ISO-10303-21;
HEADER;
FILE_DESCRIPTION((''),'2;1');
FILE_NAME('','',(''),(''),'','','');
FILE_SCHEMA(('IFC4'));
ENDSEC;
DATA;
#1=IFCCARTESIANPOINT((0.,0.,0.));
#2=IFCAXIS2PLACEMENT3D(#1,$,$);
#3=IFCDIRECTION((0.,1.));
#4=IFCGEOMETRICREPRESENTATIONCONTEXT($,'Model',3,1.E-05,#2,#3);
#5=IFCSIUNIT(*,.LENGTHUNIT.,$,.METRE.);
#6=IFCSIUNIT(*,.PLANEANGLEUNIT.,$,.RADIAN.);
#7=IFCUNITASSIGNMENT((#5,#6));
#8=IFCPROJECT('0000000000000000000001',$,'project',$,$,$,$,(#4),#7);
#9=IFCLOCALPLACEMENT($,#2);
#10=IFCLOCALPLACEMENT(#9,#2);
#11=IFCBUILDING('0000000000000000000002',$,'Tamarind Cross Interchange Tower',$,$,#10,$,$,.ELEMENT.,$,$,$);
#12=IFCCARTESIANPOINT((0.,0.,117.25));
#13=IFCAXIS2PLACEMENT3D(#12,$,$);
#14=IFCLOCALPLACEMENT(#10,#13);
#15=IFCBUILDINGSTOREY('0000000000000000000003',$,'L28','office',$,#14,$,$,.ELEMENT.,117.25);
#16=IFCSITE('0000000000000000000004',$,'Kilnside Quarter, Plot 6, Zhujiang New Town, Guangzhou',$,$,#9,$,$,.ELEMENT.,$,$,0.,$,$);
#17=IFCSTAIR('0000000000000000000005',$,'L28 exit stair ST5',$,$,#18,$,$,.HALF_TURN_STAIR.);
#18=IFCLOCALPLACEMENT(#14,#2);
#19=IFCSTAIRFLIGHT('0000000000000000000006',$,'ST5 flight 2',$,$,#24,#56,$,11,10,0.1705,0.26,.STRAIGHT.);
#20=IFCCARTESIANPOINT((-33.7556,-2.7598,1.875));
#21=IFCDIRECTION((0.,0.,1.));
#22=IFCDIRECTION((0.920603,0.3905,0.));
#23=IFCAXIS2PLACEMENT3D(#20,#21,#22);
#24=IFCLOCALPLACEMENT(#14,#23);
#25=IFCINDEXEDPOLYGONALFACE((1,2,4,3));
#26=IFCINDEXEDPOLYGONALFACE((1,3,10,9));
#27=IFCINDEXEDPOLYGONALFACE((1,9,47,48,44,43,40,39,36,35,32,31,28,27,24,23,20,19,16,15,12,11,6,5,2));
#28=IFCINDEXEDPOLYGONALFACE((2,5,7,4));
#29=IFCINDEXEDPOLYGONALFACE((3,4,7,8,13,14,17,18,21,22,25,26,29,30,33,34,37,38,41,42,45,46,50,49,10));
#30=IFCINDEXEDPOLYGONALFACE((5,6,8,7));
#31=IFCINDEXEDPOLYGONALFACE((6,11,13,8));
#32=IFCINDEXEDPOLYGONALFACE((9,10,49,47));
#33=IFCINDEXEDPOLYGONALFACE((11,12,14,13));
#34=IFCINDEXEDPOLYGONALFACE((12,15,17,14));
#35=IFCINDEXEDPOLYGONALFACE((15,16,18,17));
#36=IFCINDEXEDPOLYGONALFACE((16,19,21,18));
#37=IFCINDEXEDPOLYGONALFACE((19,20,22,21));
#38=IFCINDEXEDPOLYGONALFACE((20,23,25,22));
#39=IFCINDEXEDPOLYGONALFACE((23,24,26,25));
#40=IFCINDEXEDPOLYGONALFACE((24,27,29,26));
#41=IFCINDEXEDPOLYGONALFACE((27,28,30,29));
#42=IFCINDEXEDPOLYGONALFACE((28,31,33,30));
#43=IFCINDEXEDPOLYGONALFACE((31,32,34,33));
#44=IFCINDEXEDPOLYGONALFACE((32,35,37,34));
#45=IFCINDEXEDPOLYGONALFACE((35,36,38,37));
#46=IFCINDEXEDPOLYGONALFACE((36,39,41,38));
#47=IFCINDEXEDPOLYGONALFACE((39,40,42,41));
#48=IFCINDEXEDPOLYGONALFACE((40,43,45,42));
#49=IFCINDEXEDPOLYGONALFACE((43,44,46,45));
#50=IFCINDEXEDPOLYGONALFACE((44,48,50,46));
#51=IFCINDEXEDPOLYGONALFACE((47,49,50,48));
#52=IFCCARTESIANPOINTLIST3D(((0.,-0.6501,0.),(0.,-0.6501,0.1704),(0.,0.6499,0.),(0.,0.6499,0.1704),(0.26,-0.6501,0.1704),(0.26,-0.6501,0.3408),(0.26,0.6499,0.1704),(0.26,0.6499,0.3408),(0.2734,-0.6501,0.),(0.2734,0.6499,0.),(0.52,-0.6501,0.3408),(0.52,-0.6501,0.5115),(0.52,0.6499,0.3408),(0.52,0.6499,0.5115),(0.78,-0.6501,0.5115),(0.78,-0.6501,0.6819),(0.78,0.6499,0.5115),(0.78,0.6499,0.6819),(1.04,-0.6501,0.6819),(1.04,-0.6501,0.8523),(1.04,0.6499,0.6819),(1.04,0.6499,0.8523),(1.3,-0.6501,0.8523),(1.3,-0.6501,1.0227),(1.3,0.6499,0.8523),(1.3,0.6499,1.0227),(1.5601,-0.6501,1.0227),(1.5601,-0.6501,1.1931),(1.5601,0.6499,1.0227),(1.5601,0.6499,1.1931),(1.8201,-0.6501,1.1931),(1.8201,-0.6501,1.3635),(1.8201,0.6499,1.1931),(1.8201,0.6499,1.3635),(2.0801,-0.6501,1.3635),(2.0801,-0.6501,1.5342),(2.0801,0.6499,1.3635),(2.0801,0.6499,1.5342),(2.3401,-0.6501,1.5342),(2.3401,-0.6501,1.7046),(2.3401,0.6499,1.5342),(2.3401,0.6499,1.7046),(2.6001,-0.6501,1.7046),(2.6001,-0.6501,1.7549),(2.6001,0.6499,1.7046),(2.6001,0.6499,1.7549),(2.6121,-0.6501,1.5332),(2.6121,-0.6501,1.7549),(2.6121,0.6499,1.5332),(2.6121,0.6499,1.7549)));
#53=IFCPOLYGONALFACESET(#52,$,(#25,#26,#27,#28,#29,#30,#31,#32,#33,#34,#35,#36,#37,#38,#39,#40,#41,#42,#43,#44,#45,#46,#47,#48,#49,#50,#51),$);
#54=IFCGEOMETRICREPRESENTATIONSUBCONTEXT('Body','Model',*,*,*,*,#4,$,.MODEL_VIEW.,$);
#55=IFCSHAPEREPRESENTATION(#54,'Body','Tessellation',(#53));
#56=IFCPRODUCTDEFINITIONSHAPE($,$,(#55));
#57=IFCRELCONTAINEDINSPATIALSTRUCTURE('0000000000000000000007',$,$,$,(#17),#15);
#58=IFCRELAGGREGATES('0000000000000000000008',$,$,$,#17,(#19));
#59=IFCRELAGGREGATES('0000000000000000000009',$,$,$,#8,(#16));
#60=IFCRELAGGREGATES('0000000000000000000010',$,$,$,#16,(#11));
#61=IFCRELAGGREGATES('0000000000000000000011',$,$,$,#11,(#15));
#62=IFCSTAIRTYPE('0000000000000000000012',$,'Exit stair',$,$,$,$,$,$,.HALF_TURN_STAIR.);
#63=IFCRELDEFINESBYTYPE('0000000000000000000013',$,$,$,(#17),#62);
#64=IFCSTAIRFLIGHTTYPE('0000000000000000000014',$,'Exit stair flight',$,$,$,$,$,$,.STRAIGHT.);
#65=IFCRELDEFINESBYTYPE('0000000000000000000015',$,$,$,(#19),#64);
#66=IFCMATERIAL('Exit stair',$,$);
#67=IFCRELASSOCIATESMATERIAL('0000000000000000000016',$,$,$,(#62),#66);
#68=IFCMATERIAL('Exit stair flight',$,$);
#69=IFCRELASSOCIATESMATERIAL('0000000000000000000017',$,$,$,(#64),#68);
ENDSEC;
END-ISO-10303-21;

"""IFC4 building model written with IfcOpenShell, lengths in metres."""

from ifc_helpers import new_model, si_unit, direction, frame, origin, place, context, subcontext, project, spatial, polyline, outline, extrude, material, type_object, element, aggregate, save


model = new_model("IFC4")

# Units and contexts
model_context = context("Model", 3, precision=1e-05, world=origin(), true_north=direction((0.0, 1.0)))
body_context = subcontext(model_context, "Body", "Model", "MODEL_VIEW")
ifc_project = project(units=[si_unit("LENGTHUNIT", "METRE"), si_unit("PLANEANGLEUNIT", "RADIAN")], contexts=[model_context])

# Site, building, storey
site_placement = place(None, origin())
site = spatial("IfcSite", under=ifc_project, at=site_placement, Name="Kilnside Quarter, Plot 6, Zhujiang New Town, Guangzhou", CompositionType="ELEMENT", RefElevation=0.0)
building_placement = place(site_placement, origin())
building = spatial("IfcBuilding", under=site, at=building_placement, Name="Tamarind Cross Interchange Tower", CompositionType="ELEMENT")
storey_placement = place(building_placement, frame((0.0, 0.0, 117.25)))
storey = spatial("IfcBuildingStorey", under=building, at=storey_placement, Name="L28", Description="office", CompositionType="ELEMENT", Elevation=117.25)

# Stair, stair flight
ifc_material_1 = material(Name="Exit stair")
stair_type = type_object("IfcStairType", Name="Exit stair", PredefinedType="HALF_TURN_STAIR", material=ifc_material_1)
stair_placement = place(storey_placement, origin())
stair = element("IfcStair", 1, at=stair_placement, inside=storey, type_object=stair_type, Name="L28 exit stair ST5", PredefinedType="HALF_TURN_STAIR")
ifc_material_2 = material(Name="Exit stair flight")
stair_flight_type = type_object("IfcStairFlightType", Name="Exit stair flight", PredefinedType="STRAIGHT", material=ifc_material_2)
stair_flight_placement = place(storey_placement, frame((-33.7556, -2.7598, 1.875), z_axis=(0.0, 0.0, 1.0), x_axis=(0.920603, 0.3905, 0.0)))
stair_flight = element("IfcStairFlight", 2, at=stair_flight_placement, type_object=stair_flight_type, Name="ST5 flight 2", NumberOfRisers=11, NumberOfTreads=10, PredefinedType="STRAIGHT", RiserHeight=0.1705, TreadLength=0.26, context=body_context, shape_type="SweptSolid", body=[
    extrude(outline(polyline([(0.0, 0.0), (0.0, 0.1704), (0.26, 0.1704), (0.26, 0.3408), (0.52, 0.3408), (0.52, 0.5115), (0.78, 0.5115), (0.78, 0.6819), (1.04, 0.6819), (1.04, 0.8523), (1.3, 0.8523), (1.3, 1.0227), (1.5601, 1.0227), (1.5601, 1.1931), (1.8201, 1.1931), (1.8201, 1.3635), (2.0801, 1.3635), (2.0801, 1.5342), (2.3401, 1.5342), (2.3401, 1.7046), (2.6001, 1.7046), (2.6001, 1.7549), (2.6121, 1.7549), (2.6121, 1.5332), (0.2734, 0.0), (0.0, 0.0)])), frame((0.0, 0.6499, 0.0), z_axis=(0.0, -1.0, 0.0), x_axis=(1.0, 0.0, 0.0)), (0.0, 0.0, 1.0), 1.3),
])
aggregate(stair, [stair_flight])

save(model, "model.ifc")
